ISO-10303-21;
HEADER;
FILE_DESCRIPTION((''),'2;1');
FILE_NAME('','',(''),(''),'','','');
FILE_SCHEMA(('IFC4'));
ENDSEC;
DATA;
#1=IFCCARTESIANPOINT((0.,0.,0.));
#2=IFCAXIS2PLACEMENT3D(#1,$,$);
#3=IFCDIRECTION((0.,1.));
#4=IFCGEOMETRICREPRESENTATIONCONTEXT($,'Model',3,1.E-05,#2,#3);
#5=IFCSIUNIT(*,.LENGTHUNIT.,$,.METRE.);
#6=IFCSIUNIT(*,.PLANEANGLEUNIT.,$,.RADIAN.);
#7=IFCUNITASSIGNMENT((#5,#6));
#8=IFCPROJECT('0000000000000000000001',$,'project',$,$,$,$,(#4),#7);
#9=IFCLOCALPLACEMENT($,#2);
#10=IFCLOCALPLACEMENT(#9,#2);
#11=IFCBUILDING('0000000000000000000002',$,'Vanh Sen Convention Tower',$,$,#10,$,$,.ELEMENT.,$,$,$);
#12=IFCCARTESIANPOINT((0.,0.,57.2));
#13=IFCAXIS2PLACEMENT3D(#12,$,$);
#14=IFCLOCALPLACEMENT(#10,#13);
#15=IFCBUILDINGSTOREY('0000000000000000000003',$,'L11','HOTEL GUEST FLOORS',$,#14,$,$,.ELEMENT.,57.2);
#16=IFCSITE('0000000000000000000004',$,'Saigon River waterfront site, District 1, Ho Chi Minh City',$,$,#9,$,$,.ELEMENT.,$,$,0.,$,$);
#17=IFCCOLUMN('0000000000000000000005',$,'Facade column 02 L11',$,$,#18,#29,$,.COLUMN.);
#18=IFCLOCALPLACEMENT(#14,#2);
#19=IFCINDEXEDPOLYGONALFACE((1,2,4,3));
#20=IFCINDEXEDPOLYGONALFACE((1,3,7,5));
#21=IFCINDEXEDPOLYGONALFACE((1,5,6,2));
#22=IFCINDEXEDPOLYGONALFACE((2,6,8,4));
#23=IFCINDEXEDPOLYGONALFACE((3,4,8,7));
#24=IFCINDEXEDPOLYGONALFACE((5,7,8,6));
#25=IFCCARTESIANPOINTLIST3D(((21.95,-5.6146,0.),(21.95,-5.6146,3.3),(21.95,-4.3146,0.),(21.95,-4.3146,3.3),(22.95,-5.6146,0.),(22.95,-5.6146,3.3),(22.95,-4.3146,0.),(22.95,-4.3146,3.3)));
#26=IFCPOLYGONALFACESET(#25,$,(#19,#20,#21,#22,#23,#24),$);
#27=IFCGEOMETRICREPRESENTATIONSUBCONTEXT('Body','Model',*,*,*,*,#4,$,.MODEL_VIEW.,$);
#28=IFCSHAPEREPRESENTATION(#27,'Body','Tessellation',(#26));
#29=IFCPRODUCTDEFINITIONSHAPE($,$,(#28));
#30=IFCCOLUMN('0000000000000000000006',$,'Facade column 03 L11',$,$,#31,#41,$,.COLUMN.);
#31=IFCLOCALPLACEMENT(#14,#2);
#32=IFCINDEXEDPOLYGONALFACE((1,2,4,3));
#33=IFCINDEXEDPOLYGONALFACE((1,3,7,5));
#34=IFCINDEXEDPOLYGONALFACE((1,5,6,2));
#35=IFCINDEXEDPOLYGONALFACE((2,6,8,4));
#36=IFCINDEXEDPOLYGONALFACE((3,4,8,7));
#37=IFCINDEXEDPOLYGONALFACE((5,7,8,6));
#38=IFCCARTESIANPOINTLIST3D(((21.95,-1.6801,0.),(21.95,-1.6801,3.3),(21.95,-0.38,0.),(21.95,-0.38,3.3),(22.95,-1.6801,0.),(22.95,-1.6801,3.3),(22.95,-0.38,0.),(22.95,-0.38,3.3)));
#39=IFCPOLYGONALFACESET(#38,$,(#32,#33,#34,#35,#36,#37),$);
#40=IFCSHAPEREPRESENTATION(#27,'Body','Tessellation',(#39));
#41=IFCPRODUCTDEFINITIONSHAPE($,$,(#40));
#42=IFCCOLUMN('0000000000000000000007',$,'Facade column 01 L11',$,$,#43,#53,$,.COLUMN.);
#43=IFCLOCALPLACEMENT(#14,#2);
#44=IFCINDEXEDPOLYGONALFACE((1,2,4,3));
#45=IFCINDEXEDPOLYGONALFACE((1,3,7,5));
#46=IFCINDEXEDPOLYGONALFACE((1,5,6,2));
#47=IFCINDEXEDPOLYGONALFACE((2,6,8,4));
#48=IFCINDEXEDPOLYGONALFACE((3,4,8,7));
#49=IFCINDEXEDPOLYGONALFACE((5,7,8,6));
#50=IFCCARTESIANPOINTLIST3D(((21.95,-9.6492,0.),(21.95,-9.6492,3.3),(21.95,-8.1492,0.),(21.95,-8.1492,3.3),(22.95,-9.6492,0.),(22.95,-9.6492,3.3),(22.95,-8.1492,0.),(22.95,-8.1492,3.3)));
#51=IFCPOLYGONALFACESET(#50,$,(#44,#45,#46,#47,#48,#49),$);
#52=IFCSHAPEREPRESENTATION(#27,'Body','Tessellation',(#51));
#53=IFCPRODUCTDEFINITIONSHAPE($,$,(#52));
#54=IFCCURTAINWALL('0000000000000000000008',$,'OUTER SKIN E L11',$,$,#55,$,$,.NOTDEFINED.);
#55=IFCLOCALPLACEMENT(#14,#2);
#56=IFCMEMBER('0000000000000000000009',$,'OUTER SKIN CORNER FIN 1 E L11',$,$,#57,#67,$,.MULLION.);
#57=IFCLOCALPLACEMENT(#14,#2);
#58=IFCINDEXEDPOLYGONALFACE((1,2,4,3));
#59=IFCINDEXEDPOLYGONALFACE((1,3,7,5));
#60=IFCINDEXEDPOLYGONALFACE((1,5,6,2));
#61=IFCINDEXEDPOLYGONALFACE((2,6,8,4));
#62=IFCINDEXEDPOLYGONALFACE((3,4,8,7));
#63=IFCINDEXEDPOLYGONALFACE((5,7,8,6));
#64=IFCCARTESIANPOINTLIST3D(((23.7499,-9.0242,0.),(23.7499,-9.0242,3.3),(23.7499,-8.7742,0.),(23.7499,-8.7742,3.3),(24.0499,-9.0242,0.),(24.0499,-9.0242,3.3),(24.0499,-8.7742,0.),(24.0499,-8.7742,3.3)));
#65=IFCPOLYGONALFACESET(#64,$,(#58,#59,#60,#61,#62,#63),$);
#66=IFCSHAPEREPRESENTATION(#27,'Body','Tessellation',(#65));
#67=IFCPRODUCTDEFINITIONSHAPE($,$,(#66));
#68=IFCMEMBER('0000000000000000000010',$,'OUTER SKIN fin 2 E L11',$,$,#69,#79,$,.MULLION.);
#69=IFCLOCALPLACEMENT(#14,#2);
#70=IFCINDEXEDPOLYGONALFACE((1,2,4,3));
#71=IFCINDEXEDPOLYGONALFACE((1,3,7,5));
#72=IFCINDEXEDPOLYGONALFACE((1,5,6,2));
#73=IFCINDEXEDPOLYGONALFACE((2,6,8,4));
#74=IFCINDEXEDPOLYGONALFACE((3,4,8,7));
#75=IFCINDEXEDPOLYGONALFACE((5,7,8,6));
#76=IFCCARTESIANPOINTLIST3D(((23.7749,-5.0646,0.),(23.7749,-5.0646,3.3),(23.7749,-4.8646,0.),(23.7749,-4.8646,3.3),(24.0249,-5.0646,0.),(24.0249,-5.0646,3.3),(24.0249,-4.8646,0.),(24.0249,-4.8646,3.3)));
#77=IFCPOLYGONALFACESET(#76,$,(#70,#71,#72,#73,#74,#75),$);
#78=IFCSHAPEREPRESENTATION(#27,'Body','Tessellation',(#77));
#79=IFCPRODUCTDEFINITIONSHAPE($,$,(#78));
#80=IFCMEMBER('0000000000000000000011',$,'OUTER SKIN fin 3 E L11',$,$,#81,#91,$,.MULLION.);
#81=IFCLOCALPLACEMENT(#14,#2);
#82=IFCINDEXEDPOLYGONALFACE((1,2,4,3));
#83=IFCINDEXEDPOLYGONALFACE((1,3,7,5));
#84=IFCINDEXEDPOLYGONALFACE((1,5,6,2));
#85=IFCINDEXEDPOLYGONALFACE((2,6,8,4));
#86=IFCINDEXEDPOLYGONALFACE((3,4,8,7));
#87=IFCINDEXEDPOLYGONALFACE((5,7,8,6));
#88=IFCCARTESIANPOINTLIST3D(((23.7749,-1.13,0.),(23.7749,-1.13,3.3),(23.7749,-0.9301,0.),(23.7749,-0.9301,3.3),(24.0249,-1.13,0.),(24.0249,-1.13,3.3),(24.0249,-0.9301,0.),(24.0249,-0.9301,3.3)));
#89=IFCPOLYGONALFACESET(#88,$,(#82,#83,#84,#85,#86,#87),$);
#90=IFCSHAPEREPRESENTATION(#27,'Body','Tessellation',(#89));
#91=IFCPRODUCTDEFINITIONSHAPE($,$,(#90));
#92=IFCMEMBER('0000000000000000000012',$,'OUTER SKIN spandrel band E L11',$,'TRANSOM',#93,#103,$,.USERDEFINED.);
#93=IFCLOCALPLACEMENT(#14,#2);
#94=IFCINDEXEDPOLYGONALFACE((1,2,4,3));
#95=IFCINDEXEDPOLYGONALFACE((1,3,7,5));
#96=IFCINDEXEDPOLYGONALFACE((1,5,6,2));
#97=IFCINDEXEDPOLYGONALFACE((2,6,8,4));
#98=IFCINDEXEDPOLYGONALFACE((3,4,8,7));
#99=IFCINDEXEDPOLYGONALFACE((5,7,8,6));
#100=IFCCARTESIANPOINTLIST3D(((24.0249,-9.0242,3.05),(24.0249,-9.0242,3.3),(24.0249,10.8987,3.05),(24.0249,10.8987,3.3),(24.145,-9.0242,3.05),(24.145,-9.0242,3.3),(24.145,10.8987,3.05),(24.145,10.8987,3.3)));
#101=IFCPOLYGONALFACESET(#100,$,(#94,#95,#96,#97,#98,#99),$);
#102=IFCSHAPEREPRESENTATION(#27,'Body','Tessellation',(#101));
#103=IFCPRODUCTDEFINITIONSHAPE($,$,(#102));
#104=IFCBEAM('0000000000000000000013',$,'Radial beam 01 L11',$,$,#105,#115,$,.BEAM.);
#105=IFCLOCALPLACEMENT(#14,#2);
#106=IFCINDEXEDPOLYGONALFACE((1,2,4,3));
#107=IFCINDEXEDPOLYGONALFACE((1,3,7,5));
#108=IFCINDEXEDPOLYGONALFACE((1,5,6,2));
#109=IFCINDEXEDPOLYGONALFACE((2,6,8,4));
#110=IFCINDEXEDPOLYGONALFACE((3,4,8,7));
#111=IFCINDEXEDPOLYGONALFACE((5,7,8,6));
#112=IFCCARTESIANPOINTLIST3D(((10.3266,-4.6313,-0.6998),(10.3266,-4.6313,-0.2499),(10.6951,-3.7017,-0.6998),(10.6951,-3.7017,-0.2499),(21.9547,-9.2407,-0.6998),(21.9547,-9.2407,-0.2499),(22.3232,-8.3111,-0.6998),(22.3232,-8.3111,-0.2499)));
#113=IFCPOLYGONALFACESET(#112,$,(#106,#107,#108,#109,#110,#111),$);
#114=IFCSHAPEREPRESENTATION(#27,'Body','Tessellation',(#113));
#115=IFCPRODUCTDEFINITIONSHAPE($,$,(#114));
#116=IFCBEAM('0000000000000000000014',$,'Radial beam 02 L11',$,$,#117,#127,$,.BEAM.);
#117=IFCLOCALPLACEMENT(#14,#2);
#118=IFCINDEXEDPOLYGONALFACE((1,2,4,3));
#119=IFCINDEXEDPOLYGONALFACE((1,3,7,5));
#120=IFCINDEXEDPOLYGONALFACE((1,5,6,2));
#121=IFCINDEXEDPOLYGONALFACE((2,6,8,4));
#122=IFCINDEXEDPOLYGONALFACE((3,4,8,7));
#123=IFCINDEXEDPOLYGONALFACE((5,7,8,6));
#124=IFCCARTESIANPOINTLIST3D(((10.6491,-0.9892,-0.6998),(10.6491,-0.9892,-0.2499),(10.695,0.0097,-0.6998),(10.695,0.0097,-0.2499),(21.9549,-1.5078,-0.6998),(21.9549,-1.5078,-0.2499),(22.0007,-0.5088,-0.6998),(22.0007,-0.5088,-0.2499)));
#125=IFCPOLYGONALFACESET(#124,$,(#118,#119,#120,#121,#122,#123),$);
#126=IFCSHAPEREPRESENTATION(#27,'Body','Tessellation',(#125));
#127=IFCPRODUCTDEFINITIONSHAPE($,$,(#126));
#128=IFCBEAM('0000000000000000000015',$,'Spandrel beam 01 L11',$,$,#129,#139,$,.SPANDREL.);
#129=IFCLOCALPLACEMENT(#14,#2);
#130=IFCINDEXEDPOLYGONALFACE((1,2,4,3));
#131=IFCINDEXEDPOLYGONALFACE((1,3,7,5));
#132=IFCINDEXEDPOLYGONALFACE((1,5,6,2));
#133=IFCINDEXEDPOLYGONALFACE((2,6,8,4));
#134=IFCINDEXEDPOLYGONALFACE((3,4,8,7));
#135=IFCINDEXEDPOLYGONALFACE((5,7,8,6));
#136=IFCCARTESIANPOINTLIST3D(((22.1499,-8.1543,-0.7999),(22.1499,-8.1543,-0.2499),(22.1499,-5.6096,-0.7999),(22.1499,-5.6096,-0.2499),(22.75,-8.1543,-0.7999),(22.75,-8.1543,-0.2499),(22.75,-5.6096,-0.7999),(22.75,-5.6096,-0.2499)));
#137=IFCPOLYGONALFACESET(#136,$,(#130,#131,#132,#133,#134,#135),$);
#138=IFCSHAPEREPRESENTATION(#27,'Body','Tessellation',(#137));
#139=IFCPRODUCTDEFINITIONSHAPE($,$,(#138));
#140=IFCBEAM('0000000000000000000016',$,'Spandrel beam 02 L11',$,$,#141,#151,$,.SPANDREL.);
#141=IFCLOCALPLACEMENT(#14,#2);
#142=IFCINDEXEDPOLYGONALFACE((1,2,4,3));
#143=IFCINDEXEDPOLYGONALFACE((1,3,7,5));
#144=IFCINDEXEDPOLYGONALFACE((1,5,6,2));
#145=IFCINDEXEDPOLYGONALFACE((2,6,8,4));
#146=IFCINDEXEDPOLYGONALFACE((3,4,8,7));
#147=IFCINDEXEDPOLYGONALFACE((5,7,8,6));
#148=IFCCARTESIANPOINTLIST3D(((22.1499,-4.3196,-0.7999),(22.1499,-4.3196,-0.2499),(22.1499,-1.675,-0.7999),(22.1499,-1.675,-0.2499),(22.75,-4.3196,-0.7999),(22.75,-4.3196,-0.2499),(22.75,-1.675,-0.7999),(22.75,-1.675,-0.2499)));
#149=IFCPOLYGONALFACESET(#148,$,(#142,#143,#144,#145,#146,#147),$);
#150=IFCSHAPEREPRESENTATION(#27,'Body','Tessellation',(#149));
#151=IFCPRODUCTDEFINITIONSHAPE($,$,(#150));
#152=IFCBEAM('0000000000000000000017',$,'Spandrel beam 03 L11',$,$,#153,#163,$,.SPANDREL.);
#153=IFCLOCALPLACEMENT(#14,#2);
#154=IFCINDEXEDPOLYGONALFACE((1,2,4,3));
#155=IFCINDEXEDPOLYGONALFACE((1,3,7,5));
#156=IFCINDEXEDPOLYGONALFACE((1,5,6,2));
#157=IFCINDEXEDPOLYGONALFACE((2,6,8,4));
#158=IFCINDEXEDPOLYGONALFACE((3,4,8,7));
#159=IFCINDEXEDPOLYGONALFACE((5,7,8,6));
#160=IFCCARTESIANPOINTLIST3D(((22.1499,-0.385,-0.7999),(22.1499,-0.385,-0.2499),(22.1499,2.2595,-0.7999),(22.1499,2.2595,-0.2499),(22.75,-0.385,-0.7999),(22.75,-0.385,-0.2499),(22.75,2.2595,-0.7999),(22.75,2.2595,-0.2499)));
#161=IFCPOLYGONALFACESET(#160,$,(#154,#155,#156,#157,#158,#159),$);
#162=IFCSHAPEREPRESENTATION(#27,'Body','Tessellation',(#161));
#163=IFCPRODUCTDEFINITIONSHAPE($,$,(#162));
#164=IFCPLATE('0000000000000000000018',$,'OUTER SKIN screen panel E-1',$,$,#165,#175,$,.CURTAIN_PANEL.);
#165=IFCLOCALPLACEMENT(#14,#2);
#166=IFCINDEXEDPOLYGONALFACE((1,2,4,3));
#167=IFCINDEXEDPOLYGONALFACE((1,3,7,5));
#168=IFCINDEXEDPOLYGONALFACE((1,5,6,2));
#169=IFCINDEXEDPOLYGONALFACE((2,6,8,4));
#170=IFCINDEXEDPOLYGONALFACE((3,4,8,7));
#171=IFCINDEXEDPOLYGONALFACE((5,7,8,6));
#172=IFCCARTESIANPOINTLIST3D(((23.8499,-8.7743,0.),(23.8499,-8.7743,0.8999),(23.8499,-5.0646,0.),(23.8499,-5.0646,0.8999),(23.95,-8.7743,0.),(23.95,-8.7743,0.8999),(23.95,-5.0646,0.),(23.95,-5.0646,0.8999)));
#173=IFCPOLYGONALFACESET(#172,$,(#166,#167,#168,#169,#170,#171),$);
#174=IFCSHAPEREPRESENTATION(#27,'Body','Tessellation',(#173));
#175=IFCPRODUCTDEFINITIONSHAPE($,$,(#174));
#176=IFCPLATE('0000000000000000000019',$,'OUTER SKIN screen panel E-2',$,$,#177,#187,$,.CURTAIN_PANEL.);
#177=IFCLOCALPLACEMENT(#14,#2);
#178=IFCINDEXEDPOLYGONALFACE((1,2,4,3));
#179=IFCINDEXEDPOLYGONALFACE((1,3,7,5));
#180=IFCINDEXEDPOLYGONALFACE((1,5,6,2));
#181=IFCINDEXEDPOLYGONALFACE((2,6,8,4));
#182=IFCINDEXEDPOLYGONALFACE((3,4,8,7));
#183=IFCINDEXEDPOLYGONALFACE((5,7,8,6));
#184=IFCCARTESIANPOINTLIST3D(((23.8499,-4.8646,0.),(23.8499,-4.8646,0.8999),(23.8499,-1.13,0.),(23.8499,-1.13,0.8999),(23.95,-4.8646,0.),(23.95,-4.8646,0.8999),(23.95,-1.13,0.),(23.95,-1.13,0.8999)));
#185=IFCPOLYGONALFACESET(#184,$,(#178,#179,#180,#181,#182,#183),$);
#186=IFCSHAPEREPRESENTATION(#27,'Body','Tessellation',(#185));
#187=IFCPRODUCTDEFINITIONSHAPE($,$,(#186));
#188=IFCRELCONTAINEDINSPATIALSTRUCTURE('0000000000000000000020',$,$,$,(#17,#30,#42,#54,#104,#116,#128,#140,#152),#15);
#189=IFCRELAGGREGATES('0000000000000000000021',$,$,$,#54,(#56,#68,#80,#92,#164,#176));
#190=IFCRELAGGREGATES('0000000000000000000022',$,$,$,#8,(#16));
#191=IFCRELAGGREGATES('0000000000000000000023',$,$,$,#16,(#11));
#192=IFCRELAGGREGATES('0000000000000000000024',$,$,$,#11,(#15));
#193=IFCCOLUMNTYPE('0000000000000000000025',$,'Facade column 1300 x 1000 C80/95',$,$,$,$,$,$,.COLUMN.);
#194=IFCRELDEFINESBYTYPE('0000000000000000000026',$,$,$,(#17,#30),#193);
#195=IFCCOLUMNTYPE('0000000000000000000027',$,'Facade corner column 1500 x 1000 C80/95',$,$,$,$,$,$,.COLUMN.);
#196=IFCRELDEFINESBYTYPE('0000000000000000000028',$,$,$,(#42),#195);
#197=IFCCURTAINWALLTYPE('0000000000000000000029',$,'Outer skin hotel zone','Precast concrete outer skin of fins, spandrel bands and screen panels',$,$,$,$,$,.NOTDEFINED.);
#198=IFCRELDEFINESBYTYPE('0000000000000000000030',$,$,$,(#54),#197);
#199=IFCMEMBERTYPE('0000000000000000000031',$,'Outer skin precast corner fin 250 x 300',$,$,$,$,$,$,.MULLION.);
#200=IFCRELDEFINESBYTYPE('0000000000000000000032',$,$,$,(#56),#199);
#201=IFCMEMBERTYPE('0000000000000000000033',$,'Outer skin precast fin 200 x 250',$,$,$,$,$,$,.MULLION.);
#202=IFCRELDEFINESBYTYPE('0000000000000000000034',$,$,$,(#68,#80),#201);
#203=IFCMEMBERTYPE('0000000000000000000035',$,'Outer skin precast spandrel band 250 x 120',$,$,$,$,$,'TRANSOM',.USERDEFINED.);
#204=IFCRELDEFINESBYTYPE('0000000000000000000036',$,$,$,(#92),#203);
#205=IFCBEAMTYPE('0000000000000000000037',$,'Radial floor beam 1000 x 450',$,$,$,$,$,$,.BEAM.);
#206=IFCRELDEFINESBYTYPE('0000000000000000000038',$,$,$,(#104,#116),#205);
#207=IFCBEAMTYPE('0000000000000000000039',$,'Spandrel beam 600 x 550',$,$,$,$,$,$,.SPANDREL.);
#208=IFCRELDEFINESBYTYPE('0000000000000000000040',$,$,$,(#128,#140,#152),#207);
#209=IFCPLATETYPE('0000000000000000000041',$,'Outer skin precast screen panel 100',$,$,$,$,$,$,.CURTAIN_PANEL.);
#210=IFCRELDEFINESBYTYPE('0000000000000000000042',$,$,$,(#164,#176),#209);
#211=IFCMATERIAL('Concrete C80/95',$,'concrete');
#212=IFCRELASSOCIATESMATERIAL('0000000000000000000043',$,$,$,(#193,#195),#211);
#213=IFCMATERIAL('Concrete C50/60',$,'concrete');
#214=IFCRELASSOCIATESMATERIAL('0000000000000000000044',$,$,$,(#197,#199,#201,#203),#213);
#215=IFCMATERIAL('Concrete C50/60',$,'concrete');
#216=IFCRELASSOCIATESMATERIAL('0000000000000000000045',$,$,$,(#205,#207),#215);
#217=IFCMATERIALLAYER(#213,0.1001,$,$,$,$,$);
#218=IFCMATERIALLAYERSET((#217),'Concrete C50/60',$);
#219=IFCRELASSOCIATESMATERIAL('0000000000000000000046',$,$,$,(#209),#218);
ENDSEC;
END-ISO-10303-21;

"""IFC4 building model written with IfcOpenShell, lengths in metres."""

from ifc_helpers import new_model, si_unit, direction, frame, origin, origin_2d, place, context, subcontext, project, spatial, rectangle, extrude, material, layer, layer_set, material_profile, profile_set, type_object, element, aggregate, save


model = new_model("IFC4")

# Units and contexts
model_context = context("Model", 3, precision=1e-05, world=origin(), true_north=direction((0.0, 1.0)))
body_context = subcontext(model_context, "Body", "Model", "MODEL_VIEW")
ifc_project = project(units=[si_unit("LENGTHUNIT", "METRE"), si_unit("PLANEANGLEUNIT", "RADIAN")], contexts=[model_context])

# Site, building, storey
site_placement = place(None, origin())
site = spatial("IfcSite", under=ifc_project, at=site_placement, Name="Saigon River waterfront site, District 1, Ho Chi Minh City", CompositionType="ELEMENT", RefElevation=0.0)
building_placement = place(site_placement, origin())
building = spatial("IfcBuilding", under=site, at=building_placement, Name="Vanh Sen Convention Tower", CompositionType="ELEMENT")
storey_placement = place(building_placement, frame((0.0, 0.0, 57.2)))
storey = spatial("IfcBuildingStorey", under=building, at=storey_placement, Name="L11", Description="HOTEL GUEST FLOORS", CompositionType="ELEMENT", Elevation=57.2)

# Columns
ifc_material_1 = material(Name="Concrete C80/95", Category="concrete")
ifc_material_profile_1 = material_profile(ifc_material_1, rectangle(XDim=1.3, YDim=1.0, at=origin_2d()), Name="RC 1300X1000")
ifc_profile_set_1 = profile_set([ifc_material_profile_1], Name="Concrete C80/95")
column_type_1 = type_object("IfcColumnType", Name="Facade column 1300 x 1000 C80/95", PredefinedType="COLUMN", material=ifc_profile_set_1)
for number, where, z_axis, x_axis, name in (
    (1, (22.45, -4.9646, 0.0), (0.0, 0.0, 1.0), (0.0, 1.0, 0.0), "Facade column 02 L11"),
    (2, (22.45, -1.03, 0.0), (0.0, 0.0, 1.0), (0.0, 1.0, 0.0), "Facade column 03 L11"),
):
    element("IfcColumn", number, at=place(storey_placement, frame(where, z_axis=z_axis, x_axis=x_axis)), inside=storey, type_object=column_type_1, Name=name, PredefinedType="COLUMN", context=body_context, shape_type="SweptSolid", body=[
        extrude(rectangle(XDim=1.3, YDim=1.0, at=origin_2d()), origin(), (0.0, 0.0, 1.0), 3.3),
    ])
ifc_material_profile_2 = material_profile(ifc_material_1, rectangle(XDim=1.5, YDim=1.0, at=origin_2d()), Name="RC 1500X1000")
ifc_profile_set_2 = profile_set([ifc_material_profile_2], Name="Concrete C80/95")
column_type_2 = type_object("IfcColumnType", Name="Facade corner column 1500 x 1000 C80/95", PredefinedType="COLUMN", material=ifc_profile_set_2)
column_placement = place(storey_placement, frame((22.45, -8.8992, 0.0), z_axis=(0.0, 0.0, 1.0), x_axis=(0.0, 1.0, 0.0)))
element("IfcColumn", 3, at=column_placement, inside=storey, type_object=column_type_2, Name="Facade column 01 L11", PredefinedType="COLUMN", context=body_context, shape_type="SweptSolid", body=[
    extrude(rectangle(XDim=1.5, YDim=1.0, at=origin_2d()), origin(), (0.0, 0.0, 1.0), 3.3),
])

# Curtain wall, members
ifc_material_2 = material(Name="Concrete C50/60", Category="concrete")
curtain_wall_type = type_object("IfcCurtainWallType", Name="Outer skin hotel zone", Description="Precast concrete outer skin of fins, spandrel bands and screen panels", PredefinedType="NOTDEFINED", material=ifc_material_2)
curtain_wall_placement = place(storey_placement, origin())
curtain_wall = element("IfcCurtainWall", 4, at=curtain_wall_placement, inside=storey, type_object=curtain_wall_type, Name="OUTER SKIN E L11", PredefinedType="NOTDEFINED")
ifc_material_profile_3 = material_profile(ifc_material_2, rectangle(XDim=0.25, YDim=0.3, at=origin_2d()), Name="Outer skin precast corner fin 250 x 300")
ifc_profile_set_3 = profile_set([ifc_material_profile_3], Name="Concrete C50/60")
member_type_1 = type_object("IfcMemberType", Name="Outer skin precast corner fin 250 x 300", PredefinedType="MULLION", material=ifc_profile_set_3)
member_1_placement = place(storey_placement, frame((23.8999, -8.8992, 0.0), z_axis=(0.0, 0.0, 1.0), x_axis=(0.0, 1.0, 0.0)))
member_1 = element("IfcMember", 5, at=member_1_placement, type_object=member_type_1, Name="OUTER SKIN CORNER FIN 1 E L11", PredefinedType="MULLION", context=body_context, shape_type="SweptSolid", body=[
    extrude(rectangle(XDim=0.25, YDim=0.3, at=origin_2d()), origin(), (0.0, 0.0, 1.0), 3.3),
])
ifc_material_profile_4 = material_profile(ifc_material_2, rectangle(XDim=0.2, YDim=0.25, at=origin_2d()), Name="Outer skin precast fin 200 x 250")
ifc_profile_set_4 = profile_set([ifc_material_profile_4], Name="Concrete C50/60")
member_type_2 = type_object("IfcMemberType", Name="Outer skin precast fin 200 x 250", PredefinedType="MULLION", material=ifc_profile_set_4)
member_2_placement = place(storey_placement, frame((23.8999, -4.9646, 0.0), z_axis=(0.0, 0.0, 1.0), x_axis=(0.0, 1.0, 0.0)))
member_2 = element("IfcMember", 6, at=member_2_placement, type_object=member_type_2, Name="OUTER SKIN fin 2 E L11", PredefinedType="MULLION", context=body_context, shape_type="SweptSolid", body=[
    extrude(rectangle(XDim=0.2, YDim=0.25, at=origin_2d()), origin(), (0.0, 0.0, 1.0), 3.3),
])
member_3_placement = place(storey_placement, frame((23.8999, -1.03, 0.0), z_axis=(0.0, 0.0, 1.0), x_axis=(0.0, 1.0, 0.0)))
member_3 = element("IfcMember", 7, at=member_3_placement, type_object=member_type_2, Name="OUTER SKIN fin 3 E L11", PredefinedType="MULLION", context=body_context, shape_type="SweptSolid", body=[
    extrude(rectangle(XDim=0.2, YDim=0.25, at=origin_2d()), origin(), (0.0, 0.0, 1.0), 3.3),
])
ifc_material_profile_5 = material_profile(ifc_material_2, rectangle(XDim=0.1201, YDim=0.25, at=origin_2d()), Name="Outer skin precast spandrel band 250 x 120")
ifc_profile_set_5 = profile_set([ifc_material_profile_5], Name="Concrete C50/60")
member_type_3 = type_object("IfcMemberType", Name="Outer skin precast spandrel band 250 x 120", ElementType="TRANSOM", PredefinedType="USERDEFINED", material=ifc_profile_set_5)
member_4_placement = place(storey_placement, frame((24.085, -9.0242, 3.175), z_axis=(0.0, 1.0, 0.0), x_axis=(-1.0, 0.0, 0.0)))
member_4 = element("IfcMember", 8, at=member_4_placement, type_object=member_type_3, Name="OUTER SKIN spandrel band E L11", ObjectType="TRANSOM", PredefinedType="USERDEFINED", context=body_context, shape_type="SweptSolid", body=[
    extrude(rectangle(XDim=0.1201, YDim=0.25, at=origin_2d()), origin(), (0.0, 0.0, 1.0), 19.9229),
])

# Beams
ifc_material_3 = material(Name="Concrete C50/60", Category="concrete")
ifc_material_profile_6 = material_profile(ifc_material_3, rectangle(XDim=1.0, YDim=0.45, at=origin_2d()), Name="RC 1000X450")
ifc_profile_set_6 = profile_set([ifc_material_profile_6], Name="Concrete C50/60")
beam_type_1 = type_object("IfcBeamType", Name="Radial floor beam 1000 x 450", PredefinedType="BEAM", material=ifc_profile_set_6)
beam_1_placement = place(storey_placement, frame((22.1389, -8.7759, -0.4749), z_axis=(-0.929624, 0.368508, 0.0), x_axis=(-0.368508, -0.929624, 0.0)))
element("IfcBeam", 9, at=beam_1_placement, inside=storey, type_object=beam_type_1, Name="Radial beam 01 L11", PredefinedType="BEAM", context=body_context, shape_type="SweptSolid", body=[
    extrude(rectangle(XDim=1.0, YDim=0.45, at=origin_2d()), origin(), (0.0, 0.0, 1.0), 12.5083),
])
beam_2_placement = place(storey_placement, frame((21.9778, -1.0083, -0.4749), z_axis=(-0.99895, 0.045819, 0.0), x_axis=(-0.045819, -0.99895, 0.0)))
element("IfcBeam", 10, at=beam_2_placement, inside=storey, type_object=beam_type_1, Name="Radial beam 02 L11", PredefinedType="BEAM", context=body_context, shape_type="SweptSolid", body=[
    extrude(rectangle(XDim=1.0, YDim=0.45, at=origin_2d()), origin(), (0.0, 0.0, 1.0), 11.3176),
])
ifc_material_profile_7 = material_profile(ifc_material_3, rectangle(XDim=0.6001, YDim=0.55, at=origin_2d()), Name="RC 600X550")
ifc_profile_set_7 = profile_set([ifc_material_profile_7], Name="Concrete C50/60")
beam_type_2 = type_object("IfcBeamType", Name="Spandrel beam 600 x 550", PredefinedType="SPANDREL", material=ifc_profile_set_7)
beam_3_placement = place(storey_placement, frame((22.45, -8.1543, -0.5249), z_axis=(0.0, 1.0, 0.0), x_axis=(-1.0, 0.0, 0.0)))
element("IfcBeam", 11, at=beam_3_placement, inside=storey, type_object=beam_type_2, Name="Spandrel beam 01 L11", PredefinedType="SPANDREL", context=body_context, shape_type="SweptSolid", body=[
    extrude(rectangle(XDim=0.6001, YDim=0.55, at=origin_2d()), origin(), (0.0, 0.0, 1.0), 2.5447),
])
for number, where, z_axis, x_axis, name in (
    (12, (22.45, -4.3196, -0.5249), (0.0, 1.0, 0.0), (-1.0, 0.0, 0.0), "Spandrel beam 02 L11"),
    (13, (22.45, -0.385, -0.5249), (0.0, 1.0, 0.0), (-1.0, 0.0, 0.0), "Spandrel beam 03 L11"),
):
    element("IfcBeam", number, at=place(storey_placement, frame(where, z_axis=z_axis, x_axis=x_axis)), inside=storey, type_object=beam_type_2, Name=name, PredefinedType="SPANDREL", context=body_context, shape_type="SweptSolid", body=[
        extrude(rectangle(XDim=0.6001, YDim=0.55, at=origin_2d()), origin(), (0.0, 0.0, 1.0), 2.6445),
    ])

# Plates
ifc_layer_1 = layer(ifc_material_2, 0.1001)
ifc_layer_set_1 = layer_set([ifc_layer_1], Name="Concrete C50/60")
plate_type = type_object("IfcPlateType", Name="Outer skin precast screen panel 100", PredefinedType="CURTAIN_PANEL", material=ifc_layer_set_1)
plate_1_placement = place(storey_placement, frame((23.8999, -6.9194, 0.0), z_axis=(0.0, 0.0, 1.0), x_axis=(0.0, 1.0, 0.0)))
plate_1 = element("IfcPlate", 14, at=plate_1_placement, type_object=plate_type, Name="OUTER SKIN screen panel E-1", PredefinedType="CURTAIN_PANEL", context=body_context, shape_type="SweptSolid", body=[
    extrude(rectangle(XDim=3.7097, YDim=0.1001, at=origin_2d()), origin(), (0.0, 0.0, 1.0), 0.8999),
])
plate_2_placement = place(storey_placement, frame((23.8999, -2.9973, 0.0), z_axis=(0.0, 0.0, 1.0), x_axis=(0.0, 1.0, 0.0)))
plate_2 = element("IfcPlate", 15, at=plate_2_placement, type_object=plate_type, Name="OUTER SKIN screen panel E-2", PredefinedType="CURTAIN_PANEL", context=body_context, shape_type="SweptSolid", body=[
    extrude(rectangle(XDim=3.7346, YDim=0.1001, at=origin_2d()), origin(), (0.0, 0.0, 1.0), 0.8999),
])
aggregate(curtain_wall, [member_1, member_2, member_3, member_4, plate_1, plate_2])

save(model, "model.ifc")
